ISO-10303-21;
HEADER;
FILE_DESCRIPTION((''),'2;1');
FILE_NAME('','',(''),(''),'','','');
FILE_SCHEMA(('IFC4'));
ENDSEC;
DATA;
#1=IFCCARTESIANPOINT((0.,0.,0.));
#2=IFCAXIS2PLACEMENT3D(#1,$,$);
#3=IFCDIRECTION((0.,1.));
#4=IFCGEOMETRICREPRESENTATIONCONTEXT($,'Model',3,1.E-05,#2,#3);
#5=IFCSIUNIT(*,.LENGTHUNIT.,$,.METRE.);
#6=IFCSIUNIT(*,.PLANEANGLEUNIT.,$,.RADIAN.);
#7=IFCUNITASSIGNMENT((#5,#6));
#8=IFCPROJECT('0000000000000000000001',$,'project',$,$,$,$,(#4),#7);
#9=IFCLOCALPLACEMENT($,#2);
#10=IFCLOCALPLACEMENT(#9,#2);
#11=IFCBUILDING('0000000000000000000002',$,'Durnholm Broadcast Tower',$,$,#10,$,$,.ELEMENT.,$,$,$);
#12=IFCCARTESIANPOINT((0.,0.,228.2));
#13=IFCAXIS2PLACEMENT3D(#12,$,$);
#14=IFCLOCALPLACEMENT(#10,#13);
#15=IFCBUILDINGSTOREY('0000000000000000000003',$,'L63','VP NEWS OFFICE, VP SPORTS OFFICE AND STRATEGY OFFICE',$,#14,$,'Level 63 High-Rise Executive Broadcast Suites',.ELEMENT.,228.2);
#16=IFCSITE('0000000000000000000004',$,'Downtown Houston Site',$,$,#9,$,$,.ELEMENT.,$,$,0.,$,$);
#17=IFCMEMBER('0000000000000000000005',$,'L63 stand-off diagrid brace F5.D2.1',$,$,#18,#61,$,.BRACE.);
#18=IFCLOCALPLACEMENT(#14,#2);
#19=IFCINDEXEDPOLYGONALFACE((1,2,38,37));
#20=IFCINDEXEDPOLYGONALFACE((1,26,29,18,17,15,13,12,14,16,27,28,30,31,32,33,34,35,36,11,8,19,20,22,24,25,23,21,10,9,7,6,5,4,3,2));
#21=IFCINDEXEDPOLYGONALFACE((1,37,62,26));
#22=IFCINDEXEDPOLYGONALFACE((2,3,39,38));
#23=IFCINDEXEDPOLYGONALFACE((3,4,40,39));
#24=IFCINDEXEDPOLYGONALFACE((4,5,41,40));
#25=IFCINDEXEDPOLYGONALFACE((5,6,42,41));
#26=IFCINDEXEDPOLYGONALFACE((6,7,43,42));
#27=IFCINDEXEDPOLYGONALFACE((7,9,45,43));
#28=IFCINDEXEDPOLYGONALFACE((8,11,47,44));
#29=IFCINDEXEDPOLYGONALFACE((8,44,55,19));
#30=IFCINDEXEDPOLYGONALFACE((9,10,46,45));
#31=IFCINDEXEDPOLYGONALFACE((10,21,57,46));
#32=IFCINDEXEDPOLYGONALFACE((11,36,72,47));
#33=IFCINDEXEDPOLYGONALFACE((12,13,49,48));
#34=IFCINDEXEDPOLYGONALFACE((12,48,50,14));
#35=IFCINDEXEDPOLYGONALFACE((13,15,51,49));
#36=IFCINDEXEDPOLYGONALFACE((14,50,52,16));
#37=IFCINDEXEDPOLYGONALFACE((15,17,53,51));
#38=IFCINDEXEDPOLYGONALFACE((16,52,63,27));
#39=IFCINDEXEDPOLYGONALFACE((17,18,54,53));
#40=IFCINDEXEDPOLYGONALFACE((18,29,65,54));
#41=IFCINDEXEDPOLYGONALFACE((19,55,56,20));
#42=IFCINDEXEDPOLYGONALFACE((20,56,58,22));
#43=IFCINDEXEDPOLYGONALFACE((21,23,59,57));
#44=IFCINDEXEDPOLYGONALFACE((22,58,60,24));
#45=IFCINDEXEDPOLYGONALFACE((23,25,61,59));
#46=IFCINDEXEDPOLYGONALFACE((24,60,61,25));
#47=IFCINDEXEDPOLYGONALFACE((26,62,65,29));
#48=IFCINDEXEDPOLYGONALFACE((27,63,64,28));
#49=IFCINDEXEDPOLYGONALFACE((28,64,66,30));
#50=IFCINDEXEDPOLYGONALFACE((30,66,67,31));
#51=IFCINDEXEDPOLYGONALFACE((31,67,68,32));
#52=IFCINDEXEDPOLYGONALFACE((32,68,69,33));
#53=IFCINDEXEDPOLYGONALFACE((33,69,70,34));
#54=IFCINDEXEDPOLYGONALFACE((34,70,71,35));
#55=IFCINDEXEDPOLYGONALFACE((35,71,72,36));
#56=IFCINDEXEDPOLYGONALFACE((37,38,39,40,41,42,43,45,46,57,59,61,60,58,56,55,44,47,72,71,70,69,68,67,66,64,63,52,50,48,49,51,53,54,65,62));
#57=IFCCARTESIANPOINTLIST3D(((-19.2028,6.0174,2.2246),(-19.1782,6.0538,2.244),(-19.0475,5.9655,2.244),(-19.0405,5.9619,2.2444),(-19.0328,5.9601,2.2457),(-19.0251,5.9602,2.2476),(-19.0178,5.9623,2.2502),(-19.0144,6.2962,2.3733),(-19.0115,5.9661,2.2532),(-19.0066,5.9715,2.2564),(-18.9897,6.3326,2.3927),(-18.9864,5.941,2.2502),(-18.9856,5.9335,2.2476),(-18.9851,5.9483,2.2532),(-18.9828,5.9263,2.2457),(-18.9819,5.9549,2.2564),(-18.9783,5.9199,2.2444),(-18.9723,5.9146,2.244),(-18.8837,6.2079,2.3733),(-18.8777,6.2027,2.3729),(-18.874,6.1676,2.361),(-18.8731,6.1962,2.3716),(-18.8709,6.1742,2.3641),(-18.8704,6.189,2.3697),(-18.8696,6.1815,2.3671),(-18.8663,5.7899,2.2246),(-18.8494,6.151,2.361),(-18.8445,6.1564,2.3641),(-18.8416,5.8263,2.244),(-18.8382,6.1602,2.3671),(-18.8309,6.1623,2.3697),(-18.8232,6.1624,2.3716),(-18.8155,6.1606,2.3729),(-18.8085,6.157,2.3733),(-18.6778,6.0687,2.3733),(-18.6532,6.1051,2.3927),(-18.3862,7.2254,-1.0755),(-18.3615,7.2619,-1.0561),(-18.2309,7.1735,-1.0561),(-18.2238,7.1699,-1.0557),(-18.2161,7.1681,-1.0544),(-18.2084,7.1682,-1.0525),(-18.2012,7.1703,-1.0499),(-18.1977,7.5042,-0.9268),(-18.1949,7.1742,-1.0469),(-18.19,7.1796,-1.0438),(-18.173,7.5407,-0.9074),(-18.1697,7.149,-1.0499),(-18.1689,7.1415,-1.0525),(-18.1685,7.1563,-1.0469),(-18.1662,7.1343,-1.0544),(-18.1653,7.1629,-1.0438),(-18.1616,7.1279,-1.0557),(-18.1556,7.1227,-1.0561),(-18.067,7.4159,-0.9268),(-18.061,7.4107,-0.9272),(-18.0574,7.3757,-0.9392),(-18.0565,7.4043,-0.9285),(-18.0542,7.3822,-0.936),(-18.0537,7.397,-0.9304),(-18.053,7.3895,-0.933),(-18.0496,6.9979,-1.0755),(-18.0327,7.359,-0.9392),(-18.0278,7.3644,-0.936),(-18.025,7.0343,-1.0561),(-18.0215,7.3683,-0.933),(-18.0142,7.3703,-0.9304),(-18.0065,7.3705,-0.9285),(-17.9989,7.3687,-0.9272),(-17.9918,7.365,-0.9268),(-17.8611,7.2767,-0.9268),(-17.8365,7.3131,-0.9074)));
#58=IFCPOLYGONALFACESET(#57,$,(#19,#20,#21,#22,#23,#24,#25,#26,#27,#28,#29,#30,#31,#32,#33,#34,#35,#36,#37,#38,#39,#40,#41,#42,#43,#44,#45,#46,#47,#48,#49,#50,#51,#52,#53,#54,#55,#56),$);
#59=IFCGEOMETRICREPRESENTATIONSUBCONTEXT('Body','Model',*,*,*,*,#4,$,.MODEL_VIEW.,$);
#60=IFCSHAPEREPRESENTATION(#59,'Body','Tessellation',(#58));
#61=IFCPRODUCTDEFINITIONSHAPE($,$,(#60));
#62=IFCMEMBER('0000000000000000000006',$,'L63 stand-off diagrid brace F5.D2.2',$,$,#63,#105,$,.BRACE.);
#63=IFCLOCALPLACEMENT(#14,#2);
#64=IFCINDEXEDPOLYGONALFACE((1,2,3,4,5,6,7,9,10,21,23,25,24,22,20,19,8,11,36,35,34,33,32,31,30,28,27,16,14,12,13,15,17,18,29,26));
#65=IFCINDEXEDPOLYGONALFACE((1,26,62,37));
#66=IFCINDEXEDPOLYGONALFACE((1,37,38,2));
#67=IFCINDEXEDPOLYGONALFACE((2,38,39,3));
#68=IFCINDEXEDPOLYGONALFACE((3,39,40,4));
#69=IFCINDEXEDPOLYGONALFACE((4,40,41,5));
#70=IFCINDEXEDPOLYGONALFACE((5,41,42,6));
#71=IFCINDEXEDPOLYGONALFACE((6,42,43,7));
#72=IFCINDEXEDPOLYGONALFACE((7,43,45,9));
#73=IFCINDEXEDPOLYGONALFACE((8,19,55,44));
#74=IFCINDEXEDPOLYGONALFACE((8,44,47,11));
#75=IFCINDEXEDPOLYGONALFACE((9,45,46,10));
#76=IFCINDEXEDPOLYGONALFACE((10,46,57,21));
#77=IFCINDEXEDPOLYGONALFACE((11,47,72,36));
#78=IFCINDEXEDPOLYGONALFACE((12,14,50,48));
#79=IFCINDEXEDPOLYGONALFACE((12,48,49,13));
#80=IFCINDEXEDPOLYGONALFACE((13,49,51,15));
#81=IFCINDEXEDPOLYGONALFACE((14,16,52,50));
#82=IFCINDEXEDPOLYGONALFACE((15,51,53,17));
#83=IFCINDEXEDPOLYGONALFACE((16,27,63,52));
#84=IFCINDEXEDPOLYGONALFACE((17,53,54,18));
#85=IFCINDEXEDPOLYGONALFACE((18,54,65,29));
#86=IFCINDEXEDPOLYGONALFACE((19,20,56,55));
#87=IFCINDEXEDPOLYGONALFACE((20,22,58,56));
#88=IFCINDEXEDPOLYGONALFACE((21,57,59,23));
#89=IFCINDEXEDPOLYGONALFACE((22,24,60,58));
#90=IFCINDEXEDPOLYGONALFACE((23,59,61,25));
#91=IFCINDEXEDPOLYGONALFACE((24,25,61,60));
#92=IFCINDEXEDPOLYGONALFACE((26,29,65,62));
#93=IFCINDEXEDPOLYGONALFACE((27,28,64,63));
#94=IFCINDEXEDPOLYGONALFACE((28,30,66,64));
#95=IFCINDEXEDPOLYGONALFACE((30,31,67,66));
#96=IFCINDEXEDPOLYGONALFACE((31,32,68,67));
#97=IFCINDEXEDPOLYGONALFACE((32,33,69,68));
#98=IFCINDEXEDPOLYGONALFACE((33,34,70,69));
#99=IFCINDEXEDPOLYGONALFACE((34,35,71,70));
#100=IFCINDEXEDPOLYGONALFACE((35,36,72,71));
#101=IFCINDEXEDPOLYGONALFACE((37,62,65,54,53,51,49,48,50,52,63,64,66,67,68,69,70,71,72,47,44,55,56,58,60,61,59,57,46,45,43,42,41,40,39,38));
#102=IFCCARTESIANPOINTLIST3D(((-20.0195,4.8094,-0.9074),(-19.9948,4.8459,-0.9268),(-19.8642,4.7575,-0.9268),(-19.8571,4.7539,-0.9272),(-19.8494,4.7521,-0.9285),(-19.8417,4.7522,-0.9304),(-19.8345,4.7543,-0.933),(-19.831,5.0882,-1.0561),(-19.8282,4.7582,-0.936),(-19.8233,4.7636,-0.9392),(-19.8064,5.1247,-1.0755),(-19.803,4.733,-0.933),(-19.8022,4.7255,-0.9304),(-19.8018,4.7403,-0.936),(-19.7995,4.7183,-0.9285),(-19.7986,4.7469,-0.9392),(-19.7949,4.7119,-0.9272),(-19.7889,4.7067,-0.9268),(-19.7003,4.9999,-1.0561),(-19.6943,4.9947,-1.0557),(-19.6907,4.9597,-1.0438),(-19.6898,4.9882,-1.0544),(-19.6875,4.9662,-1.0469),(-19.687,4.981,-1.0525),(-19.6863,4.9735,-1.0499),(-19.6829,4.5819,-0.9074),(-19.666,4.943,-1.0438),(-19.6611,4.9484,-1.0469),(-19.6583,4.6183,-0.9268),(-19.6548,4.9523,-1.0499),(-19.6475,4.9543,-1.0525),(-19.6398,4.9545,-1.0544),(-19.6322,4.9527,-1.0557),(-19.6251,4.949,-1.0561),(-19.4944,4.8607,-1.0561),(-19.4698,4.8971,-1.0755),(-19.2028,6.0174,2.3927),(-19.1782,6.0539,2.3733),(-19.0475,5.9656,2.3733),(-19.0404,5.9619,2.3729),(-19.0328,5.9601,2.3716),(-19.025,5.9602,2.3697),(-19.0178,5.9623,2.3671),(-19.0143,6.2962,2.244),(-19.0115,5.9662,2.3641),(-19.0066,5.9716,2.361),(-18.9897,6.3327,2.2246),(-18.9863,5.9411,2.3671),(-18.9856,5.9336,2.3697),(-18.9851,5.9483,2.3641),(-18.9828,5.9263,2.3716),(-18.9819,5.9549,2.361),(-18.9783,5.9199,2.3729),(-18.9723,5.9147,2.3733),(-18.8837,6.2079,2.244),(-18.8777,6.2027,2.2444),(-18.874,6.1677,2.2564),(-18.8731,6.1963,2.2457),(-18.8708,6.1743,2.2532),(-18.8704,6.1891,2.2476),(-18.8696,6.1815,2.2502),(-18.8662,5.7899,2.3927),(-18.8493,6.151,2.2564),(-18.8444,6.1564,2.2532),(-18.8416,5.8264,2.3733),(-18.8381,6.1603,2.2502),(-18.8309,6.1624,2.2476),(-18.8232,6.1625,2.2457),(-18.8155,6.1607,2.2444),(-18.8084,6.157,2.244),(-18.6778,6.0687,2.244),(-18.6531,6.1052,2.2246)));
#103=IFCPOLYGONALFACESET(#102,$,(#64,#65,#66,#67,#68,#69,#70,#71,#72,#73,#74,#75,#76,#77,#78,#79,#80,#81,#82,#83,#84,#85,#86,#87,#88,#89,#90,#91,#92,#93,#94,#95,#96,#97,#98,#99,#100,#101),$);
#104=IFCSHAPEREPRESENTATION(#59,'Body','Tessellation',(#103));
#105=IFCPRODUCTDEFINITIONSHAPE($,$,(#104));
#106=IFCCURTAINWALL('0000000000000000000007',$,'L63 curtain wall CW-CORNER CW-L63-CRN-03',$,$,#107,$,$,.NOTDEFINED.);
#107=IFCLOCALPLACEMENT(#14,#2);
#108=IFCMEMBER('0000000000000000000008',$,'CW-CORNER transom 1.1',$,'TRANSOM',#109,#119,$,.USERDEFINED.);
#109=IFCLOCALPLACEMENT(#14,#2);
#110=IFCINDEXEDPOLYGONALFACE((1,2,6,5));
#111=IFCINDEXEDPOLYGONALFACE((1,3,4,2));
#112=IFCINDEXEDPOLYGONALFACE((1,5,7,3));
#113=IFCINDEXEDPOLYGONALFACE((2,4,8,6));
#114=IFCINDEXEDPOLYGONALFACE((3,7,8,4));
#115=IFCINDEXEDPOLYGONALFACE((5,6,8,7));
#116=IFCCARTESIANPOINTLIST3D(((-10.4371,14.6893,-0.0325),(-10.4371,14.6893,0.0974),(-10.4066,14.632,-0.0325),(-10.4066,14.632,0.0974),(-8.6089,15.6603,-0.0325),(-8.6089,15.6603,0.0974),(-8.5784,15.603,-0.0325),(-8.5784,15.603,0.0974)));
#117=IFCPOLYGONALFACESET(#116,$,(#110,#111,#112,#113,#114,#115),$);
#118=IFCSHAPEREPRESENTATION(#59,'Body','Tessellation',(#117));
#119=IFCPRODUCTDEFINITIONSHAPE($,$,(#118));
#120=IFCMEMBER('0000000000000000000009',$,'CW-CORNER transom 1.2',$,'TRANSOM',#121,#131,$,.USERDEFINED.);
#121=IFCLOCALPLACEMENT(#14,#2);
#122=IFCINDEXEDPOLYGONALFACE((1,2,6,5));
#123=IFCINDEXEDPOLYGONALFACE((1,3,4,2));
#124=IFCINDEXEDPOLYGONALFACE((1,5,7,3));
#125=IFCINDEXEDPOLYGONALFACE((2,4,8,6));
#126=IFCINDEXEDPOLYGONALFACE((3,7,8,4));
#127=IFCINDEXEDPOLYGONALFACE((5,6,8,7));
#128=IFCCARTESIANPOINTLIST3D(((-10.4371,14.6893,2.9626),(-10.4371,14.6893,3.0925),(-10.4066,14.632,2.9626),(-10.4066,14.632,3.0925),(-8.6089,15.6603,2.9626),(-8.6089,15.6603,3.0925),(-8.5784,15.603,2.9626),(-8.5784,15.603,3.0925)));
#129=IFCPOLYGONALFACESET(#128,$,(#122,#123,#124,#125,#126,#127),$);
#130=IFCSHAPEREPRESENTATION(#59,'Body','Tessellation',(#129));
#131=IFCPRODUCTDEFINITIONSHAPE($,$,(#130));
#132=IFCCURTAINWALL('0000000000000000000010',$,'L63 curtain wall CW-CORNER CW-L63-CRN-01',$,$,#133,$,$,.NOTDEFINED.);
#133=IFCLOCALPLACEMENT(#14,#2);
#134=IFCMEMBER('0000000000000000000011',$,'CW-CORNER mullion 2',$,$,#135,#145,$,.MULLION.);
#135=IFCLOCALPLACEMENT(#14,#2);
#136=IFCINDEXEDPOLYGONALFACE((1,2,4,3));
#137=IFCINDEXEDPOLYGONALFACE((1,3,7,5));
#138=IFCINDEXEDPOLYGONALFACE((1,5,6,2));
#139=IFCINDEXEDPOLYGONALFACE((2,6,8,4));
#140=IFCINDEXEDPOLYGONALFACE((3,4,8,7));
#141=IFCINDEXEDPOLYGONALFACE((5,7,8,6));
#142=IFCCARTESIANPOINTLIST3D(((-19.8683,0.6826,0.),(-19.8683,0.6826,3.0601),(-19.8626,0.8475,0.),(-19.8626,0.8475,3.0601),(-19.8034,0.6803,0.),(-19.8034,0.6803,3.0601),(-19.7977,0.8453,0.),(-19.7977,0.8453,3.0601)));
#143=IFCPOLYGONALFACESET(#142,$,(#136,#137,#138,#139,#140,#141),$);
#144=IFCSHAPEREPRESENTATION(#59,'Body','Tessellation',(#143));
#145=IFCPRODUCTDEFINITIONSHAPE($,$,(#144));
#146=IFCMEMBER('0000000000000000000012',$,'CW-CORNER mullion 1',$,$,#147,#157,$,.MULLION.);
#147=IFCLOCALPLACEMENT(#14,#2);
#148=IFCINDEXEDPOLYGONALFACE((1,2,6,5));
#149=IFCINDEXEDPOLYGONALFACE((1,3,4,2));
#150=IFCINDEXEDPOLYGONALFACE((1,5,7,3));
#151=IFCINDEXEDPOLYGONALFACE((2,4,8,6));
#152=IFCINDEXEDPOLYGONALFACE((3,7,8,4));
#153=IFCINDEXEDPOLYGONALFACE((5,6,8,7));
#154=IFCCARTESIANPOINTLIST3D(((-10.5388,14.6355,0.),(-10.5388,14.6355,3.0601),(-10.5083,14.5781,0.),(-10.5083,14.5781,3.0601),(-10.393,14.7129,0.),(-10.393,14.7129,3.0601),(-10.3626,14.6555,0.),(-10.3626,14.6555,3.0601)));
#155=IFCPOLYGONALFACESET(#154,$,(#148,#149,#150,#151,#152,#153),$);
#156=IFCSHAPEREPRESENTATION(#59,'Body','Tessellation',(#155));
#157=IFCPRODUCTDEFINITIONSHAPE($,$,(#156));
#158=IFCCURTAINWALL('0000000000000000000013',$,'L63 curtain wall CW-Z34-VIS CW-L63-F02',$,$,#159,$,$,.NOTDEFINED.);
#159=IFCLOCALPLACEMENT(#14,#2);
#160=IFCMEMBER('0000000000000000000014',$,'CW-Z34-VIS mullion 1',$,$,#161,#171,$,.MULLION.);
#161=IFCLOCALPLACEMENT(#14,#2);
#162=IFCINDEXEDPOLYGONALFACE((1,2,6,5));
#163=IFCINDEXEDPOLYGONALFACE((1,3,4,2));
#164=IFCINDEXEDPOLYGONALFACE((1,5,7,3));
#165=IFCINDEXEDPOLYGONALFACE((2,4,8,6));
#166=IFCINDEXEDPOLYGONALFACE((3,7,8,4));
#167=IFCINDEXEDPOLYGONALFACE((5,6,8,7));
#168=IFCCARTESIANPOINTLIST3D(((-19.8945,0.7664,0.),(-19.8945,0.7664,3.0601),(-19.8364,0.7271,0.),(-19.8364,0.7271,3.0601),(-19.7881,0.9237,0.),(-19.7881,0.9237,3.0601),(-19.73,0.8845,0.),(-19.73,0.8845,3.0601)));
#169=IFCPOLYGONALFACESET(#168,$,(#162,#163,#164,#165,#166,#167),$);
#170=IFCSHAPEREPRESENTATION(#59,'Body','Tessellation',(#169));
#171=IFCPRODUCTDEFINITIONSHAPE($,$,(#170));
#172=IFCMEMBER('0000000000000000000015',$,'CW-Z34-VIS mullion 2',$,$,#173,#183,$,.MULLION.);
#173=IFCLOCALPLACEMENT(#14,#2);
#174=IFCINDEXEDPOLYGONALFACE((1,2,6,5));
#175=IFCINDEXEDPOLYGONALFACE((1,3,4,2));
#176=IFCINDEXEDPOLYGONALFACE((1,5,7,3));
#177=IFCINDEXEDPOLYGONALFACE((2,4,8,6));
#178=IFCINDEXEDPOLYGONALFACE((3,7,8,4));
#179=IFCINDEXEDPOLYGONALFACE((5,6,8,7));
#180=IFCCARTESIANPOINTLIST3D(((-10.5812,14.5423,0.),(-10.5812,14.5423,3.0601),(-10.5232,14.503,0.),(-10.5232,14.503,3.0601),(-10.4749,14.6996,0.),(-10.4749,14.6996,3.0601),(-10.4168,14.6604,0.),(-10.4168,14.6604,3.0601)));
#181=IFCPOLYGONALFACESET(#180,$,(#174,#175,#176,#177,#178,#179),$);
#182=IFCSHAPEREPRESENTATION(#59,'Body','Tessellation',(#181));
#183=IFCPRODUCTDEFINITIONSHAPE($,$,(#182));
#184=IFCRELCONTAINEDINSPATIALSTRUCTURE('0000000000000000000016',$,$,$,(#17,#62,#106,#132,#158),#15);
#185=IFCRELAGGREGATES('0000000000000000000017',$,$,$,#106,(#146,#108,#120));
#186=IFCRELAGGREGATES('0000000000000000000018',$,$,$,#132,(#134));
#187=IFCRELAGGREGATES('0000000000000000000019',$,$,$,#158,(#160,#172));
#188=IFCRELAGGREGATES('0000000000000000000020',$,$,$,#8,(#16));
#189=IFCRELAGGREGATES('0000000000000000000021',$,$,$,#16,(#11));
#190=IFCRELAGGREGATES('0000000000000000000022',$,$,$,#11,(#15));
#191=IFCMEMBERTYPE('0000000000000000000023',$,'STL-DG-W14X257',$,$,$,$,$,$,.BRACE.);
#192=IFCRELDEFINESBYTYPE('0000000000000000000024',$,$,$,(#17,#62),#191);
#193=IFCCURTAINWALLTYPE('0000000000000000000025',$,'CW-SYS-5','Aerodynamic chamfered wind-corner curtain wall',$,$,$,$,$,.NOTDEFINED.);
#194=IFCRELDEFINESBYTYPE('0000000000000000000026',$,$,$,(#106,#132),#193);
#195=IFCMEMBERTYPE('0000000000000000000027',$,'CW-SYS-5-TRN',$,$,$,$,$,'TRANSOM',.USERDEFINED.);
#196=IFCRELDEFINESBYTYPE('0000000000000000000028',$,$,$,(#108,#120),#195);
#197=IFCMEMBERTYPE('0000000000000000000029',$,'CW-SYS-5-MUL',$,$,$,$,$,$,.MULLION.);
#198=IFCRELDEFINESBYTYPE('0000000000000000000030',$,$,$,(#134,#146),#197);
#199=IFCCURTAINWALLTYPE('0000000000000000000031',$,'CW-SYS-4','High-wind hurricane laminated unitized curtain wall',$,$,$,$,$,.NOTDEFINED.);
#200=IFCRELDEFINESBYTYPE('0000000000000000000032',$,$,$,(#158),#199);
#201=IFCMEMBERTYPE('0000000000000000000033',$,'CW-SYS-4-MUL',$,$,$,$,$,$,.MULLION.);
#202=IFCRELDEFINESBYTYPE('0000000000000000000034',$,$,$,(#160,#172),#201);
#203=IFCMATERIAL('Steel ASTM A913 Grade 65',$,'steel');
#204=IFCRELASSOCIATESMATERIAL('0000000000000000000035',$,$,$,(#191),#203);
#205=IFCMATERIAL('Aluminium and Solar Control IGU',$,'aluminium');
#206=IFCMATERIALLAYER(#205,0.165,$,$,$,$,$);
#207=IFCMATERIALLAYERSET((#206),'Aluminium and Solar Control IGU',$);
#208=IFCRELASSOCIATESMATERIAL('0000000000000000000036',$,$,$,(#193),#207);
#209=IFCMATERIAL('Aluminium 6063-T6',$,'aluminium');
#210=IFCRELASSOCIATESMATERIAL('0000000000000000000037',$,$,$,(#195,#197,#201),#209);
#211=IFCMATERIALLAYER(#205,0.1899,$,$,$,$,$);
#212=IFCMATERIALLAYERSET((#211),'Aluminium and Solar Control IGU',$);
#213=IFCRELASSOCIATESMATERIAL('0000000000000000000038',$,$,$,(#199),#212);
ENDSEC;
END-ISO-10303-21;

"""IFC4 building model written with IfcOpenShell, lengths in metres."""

from ifc_helpers import new_model, si_unit, direction, frame, origin, origin_2d, place, context, subcontext, project, spatial, rectangle, i_section, extrude, source, transform, mapped, material, layer, layer_set, material_profile, profile_set, type_object, type_shapes, element, aggregate, save


model = new_model("IFC4")

# Units and contexts
model_context = context("Model", 3, precision=1e-05, world=origin(), true_north=direction((0.0, 1.0)))
body_context = subcontext(model_context, "Body", "Model", "MODEL_VIEW")
ifc_project = project(units=[si_unit("LENGTHUNIT", "METRE"), si_unit("PLANEANGLEUNIT", "RADIAN")], contexts=[model_context])

# Site, building, storey
site_placement = place(None, origin())
site = spatial("IfcSite", under=ifc_project, at=site_placement, Name="Downtown Houston Site", CompositionType="ELEMENT", RefElevation=0.0)
building_placement = place(site_placement, origin())
building = spatial("IfcBuilding", under=site, at=building_placement, Name="Durnholm Broadcast Tower", CompositionType="ELEMENT")
storey_placement = place(building_placement, frame((0.0, 0.0, 228.2)))
storey = spatial("IfcBuildingStorey", under=building, at=storey_placement, Name="L63", Description="VP NEWS OFFICE, VP SPORTS OFFICE AND STRATEGY OFFICE", LongName="Level 63 High-Rise Executive Broadcast Suites", CompositionType="ELEMENT", Elevation=228.2)

# Members
ifc_material_1 = material(Name="Steel ASTM A913 Grade 65", Category="steel")
ifc_material_profile_1 = material_profile(ifc_material_1, i_section(OverallWidth=0.4062, OverallDepth=0.416, WebThickness=0.0298, FlangeThickness=0.0481, FilletRadius=0.0305, at=origin_2d()), Name="W14X257")
ifc_profile_set_1 = profile_set([ifc_material_profile_1], Name="Steel ASTM A913 Grade 65")
member_type_1 = type_object("IfcMemberType", Name="STL-DG-W14X257", PredefinedType="BRACE", material=ifc_profile_set_1)
shared_shape_1 = source(origin(), body_context, "Body", "SweptSolid", [
    extrude(i_section(OverallWidth=0.4062, OverallDepth=0.416, WebThickness=0.0298, FlangeThickness=0.0481, FilletRadius=0.0305, at=origin_2d()), origin(), (0.0, 0.0, 1.0), 3.6079),
])
type_shapes(member_type_1, [shared_shape_1])
for number, where, z_axis, x_axis, name in (
    (1, (-18.1113, 7.2693, -0.9915), (-0.226354, -0.334828, 0.914688), (0.828452, -0.560059, 0.0), "L63 stand-off diagrid brace F5.D2.1"),
    (2, (-19.7446, 4.8533, -0.9915), (0.226354, 0.334828, 0.914688), (-0.828452, 0.560059, 0.0), "L63 stand-off diagrid brace F5.D2.2"),
):
    element("IfcMember", number, at=place(storey_placement, frame(where, z_axis=z_axis, x_axis=x_axis)), inside=storey, type_object=member_type_1, Name=name, PredefinedType="BRACE", context=body_context, shape_type="MappedRepresentation", body=[
        mapped(shared_shape_1, transform((0.0, 0.0, 0.0), x_axis=(1.0, 0.0, 0.0), y_axis=(0.0, 1.0, 0.0), z_axis=(0.0, 0.0, 1.0), scale=1.0)),
    ])

# Curtain wall, members
ifc_material_2 = material(Name="Aluminium and Solar Control IGU", Category="aluminium")
ifc_layer_1 = layer(ifc_material_2, 0.165)
ifc_layer_set_1 = layer_set([ifc_layer_1], Name="Aluminium and Solar Control IGU")
curtain_wall_type_1 = type_object("IfcCurtainWallType", Name="CW-SYS-5", Description="Aerodynamic chamfered wind-corner curtain wall", PredefinedType="NOTDEFINED", material=ifc_layer_set_1)
curtain_wall_1_placement = place(storey_placement, origin())
curtain_wall_1 = element("IfcCurtainWall", 3, at=curtain_wall_1_placement, inside=storey, type_object=curtain_wall_type_1, Name="L63 curtain wall CW-CORNER CW-L63-CRN-03", PredefinedType="NOTDEFINED")
ifc_material_3 = material(Name="Aluminium 6063-T6", Category="aluminium")
ifc_material_profile_2 = material_profile(ifc_material_3, rectangle(XDim=0.0649, YDim=0.1299, at=origin_2d()), Name="CWT65X130")
ifc_profile_set_2 = profile_set([ifc_material_profile_2], Name="Aluminium 6063-T6")
member_type_2 = type_object("IfcMemberType", Name="CW-SYS-5-TRN", ElementType="TRANSOM", PredefinedType="USERDEFINED", material=ifc_profile_set_2)
shared_shape_2 = source(origin(), body_context, "Body", "SweptSolid", [
    extrude(rectangle(XDim=0.0649, YDim=0.1299, at=origin_2d()), origin(), (0.0, 0.0, 1.0), 2.0701),
])
type_shapes(member_type_2, [shared_shape_2])
member_1_placement = place(storey_placement, frame((-10.4219, 14.6606, 0.0325), z_axis=(0.883165, 0.469063, 0.0), x_axis=(-0.469063, 0.883165, 0.0)))
member_1 = element("IfcMember", 4, at=member_1_placement, type_object=member_type_2, Name="CW-CORNER transom 1.1", ObjectType="TRANSOM", PredefinedType="USERDEFINED", context=body_context, shape_type="MappedRepresentation", body=[
    mapped(shared_shape_2, transform((0.0, 0.0, 0.0), x_axis=(1.0, 0.0, 0.0), y_axis=(0.0, 1.0, 0.0), z_axis=(0.0, 0.0, 1.0), scale=1.0)),
])
member_2_placement = place(storey_placement, frame((-10.4219, 14.6606, 3.0276), z_axis=(0.883165, 0.469063, 0.0), x_axis=(-0.469063, 0.883165, 0.0)))
member_2 = element("IfcMember", 5, at=member_2_placement, type_object=member_type_2, Name="CW-CORNER transom 1.2", ObjectType="TRANSOM", PredefinedType="USERDEFINED", context=body_context, shape_type="MappedRepresentation", body=[
    mapped(shared_shape_2, transform((0.0, 0.0, 0.0), x_axis=(1.0, 0.0, 0.0), y_axis=(0.0, 1.0, 0.0), z_axis=(0.0, 0.0, 1.0), scale=1.0)),
])

# Curtain wall, member
curtain_wall_2_placement = place(storey_placement, origin())
curtain_wall_2 = element("IfcCurtainWall", 6, at=curtain_wall_2_placement, inside=storey, type_object=curtain_wall_type_1, Name="L63 curtain wall CW-CORNER CW-L63-CRN-01", PredefinedType="NOTDEFINED")
ifc_material_profile_3 = material_profile(ifc_material_3, rectangle(XDim=0.0649, YDim=0.165, at=origin_2d()), Name="CWM65X165")
ifc_profile_set_3 = profile_set([ifc_material_profile_3], Name="Aluminium 6063-T6")
member_type_3 = type_object("IfcMemberType", Name="CW-SYS-5-MUL", PredefinedType="MULLION", material=ifc_profile_set_3)
shared_shape_3 = source(origin(), body_context, "Body", "SweptSolid", [
    extrude(rectangle(XDim=0.0649, YDim=0.165, at=origin_2d()), origin(), (0.0, 0.0, 1.0), 3.0601),
])
type_shapes(member_type_3, [shared_shape_3])
member_3_placement = place(storey_placement, frame((-19.833, 0.7639, 0.0), z_axis=(0.0, 0.0, 1.0), x_axis=(-0.999411, 0.034318, 0.0)))
member_3 = element("IfcMember", 7, at=member_3_placement, type_object=member_type_3, Name="CW-CORNER mullion 2", PredefinedType="MULLION", context=body_context, shape_type="MappedRepresentation", body=[
    mapped(shared_shape_3, transform((0.0, 0.0, 0.0), x_axis=(1.0, 0.0, 0.0), y_axis=(0.0, 1.0, 0.0), z_axis=(0.0, 0.0, 1.0), scale=1.0)),
])

# Member
member_4_placement = place(storey_placement, frame((-10.4507, 14.6455, 0.0), z_axis=(0.0, 0.0, 1.0), x_axis=(-0.469007, 0.883195, 0.0)))
member_4 = element("IfcMember", 8, at=member_4_placement, type_object=member_type_3, Name="CW-CORNER mullion 1", PredefinedType="MULLION", context=body_context, shape_type="MappedRepresentation", body=[
    mapped(shared_shape_3, transform((0.0, 0.0, 0.0), x_axis=(1.0, 0.0, 0.0), y_axis=(0.0, 1.0, 0.0), z_axis=(0.0, 0.0, 1.0), scale=1.0)),
])
aggregate(curtain_wall_1, [member_4, member_1, member_2])

# Curtain wall, members
ifc_layer_2 = layer(ifc_material_2, 0.1899)
ifc_layer_set_2 = layer_set([ifc_layer_2], Name="Aluminium and Solar Control IGU")
curtain_wall_type_2 = type_object("IfcCurtainWallType", Name="CW-SYS-4", Description="High-wind hurricane laminated unitized curtain wall", PredefinedType="NOTDEFINED", material=ifc_layer_set_2)
curtain_wall_3_placement = place(storey_placement, origin())
curtain_wall_3 = element("IfcCurtainWall", 9, at=curtain_wall_3_placement, inside=storey, type_object=curtain_wall_type_2, Name="L63 curtain wall CW-Z34-VIS CW-L63-F02", PredefinedType="NOTDEFINED")
ifc_material_profile_4 = material_profile(ifc_material_3, rectangle(XDim=0.0701, YDim=0.1899, at=origin_2d()), Name="CWM70X190")
ifc_profile_set_4 = profile_set([ifc_material_profile_4], Name="Aluminium 6063-T6")
member_type_4 = type_object("IfcMemberType", Name="CW-SYS-4-MUL", PredefinedType="MULLION", material=ifc_profile_set_4)
shared_shape_4 = source(origin(), body_context, "Body", "SweptSolid", [
    extrude(rectangle(XDim=0.0701, YDim=0.1899, at=origin_2d()), origin(), (0.0, 0.0, 1.0), 3.0601),
])
type_shapes(member_type_4, [shared_shape_4])
member_5_placement = place(storey_placement, frame((-19.8123, 0.8254, 0.0), z_axis=(0.0, 0.0, 1.0), x_axis=(-0.828443, 0.560073, 0.0)))
member_5 = element("IfcMember", 10, at=member_5_placement, type_object=member_type_4, Name="CW-Z34-VIS mullion 1", PredefinedType="MULLION", context=body_context, shape_type="MappedRepresentation", body=[
    mapped(shared_shape_4, transform((0.0, 0.0, 0.0), x_axis=(1.0, 0.0, 0.0), y_axis=(0.0, 1.0, 0.0), z_axis=(0.0, 0.0, 1.0), scale=1.0)),
])
member_6_placement = place(storey_placement, frame((-10.499, 14.6013, 0.0), z_axis=(0.0, 0.0, 1.0), x_axis=(-0.828443, 0.560073, 0.0)))
member_6 = element("IfcMember", 11, at=member_6_placement, type_object=member_type_4, Name="CW-Z34-VIS mullion 2", PredefinedType="MULLION", context=body_context, shape_type="MappedRepresentation", body=[
    mapped(shared_shape_4, transform((0.0, 0.0, 0.0), x_axis=(1.0, 0.0, 0.0), y_axis=(0.0, 1.0, 0.0), z_axis=(0.0, 0.0, 1.0), scale=1.0)),
])

aggregate(curtain_wall_2, [member_3])
aggregate(curtain_wall_3, [member_5, member_6])

save(model, "model.ifc")
